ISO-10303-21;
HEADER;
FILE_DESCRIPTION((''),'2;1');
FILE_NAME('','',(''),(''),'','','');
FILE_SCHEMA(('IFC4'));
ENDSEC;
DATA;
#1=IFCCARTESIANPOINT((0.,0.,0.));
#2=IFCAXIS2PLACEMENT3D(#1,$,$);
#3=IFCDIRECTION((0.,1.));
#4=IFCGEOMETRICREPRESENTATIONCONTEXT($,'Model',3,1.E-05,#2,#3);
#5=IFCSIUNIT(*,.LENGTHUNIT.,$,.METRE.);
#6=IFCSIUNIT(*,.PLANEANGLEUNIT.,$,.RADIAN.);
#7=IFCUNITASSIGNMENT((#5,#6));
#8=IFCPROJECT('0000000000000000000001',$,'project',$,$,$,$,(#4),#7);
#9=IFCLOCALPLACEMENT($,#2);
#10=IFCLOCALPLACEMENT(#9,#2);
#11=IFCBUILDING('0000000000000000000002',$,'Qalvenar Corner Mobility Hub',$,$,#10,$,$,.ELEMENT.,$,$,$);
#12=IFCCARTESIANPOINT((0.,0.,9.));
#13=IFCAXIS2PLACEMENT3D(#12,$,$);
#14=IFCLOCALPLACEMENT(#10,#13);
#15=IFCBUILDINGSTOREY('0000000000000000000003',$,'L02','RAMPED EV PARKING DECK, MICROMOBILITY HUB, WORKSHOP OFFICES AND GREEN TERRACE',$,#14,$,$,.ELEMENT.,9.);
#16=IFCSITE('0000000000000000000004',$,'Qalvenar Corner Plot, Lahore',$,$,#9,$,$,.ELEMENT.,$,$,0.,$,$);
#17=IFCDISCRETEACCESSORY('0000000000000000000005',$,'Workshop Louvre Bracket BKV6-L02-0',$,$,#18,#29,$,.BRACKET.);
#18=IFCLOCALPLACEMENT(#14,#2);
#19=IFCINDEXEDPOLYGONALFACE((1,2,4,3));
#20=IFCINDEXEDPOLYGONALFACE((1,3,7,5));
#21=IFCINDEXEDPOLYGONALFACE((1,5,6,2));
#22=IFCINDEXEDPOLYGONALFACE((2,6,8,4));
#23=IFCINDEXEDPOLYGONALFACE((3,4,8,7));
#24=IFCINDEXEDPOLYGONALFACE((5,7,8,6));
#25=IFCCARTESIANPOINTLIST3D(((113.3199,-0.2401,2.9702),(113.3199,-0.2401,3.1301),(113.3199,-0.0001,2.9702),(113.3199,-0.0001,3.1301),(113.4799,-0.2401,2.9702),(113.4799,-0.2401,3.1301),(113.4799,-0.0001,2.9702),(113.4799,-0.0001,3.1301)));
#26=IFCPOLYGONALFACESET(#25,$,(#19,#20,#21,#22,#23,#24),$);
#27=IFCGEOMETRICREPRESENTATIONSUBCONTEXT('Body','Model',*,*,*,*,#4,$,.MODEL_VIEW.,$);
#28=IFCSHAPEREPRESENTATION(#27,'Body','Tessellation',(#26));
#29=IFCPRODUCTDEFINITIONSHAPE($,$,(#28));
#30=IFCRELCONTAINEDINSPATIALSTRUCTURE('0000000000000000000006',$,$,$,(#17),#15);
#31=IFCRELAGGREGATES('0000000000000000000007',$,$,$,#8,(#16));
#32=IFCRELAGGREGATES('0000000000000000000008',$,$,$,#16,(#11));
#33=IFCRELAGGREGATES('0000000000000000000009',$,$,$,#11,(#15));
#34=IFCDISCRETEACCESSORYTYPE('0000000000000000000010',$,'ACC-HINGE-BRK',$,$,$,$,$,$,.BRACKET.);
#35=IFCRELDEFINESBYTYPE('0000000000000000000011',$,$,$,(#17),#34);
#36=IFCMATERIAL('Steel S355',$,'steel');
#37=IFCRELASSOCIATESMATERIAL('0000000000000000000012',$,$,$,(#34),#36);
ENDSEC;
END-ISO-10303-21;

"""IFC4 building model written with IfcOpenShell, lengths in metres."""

from ifc_helpers import new_model, si_unit, direction, frame, origin, origin_2d, place, context, subcontext, project, spatial, rectangle, extrude, material, type_object, element, save


model = new_model("IFC4")

# Units and contexts
model_context = context("Model", 3, precision=1e-05, world=origin(), true_north=direction((0.0, 1.0)))
body_context = subcontext(model_context, "Body", "Model", "MODEL_VIEW")
ifc_project = project(units=[si_unit("LENGTHUNIT", "METRE"), si_unit("PLANEANGLEUNIT", "RADIAN")], contexts=[model_context])

# Site, building, storey
site_placement = place(None, origin())
site = spatial("IfcSite", under=ifc_project, at=site_placement, Name="Qalvenar Corner Plot, Lahore", CompositionType="ELEMENT", RefElevation=0.0)
building_placement = place(site_placement, origin())
building = spatial("IfcBuilding", under=site, at=building_placement, Name="Qalvenar Corner Mobility Hub", CompositionType="ELEMENT")
storey_placement = place(building_placement, frame((0.0, 0.0, 9.0)))
storey = spatial("IfcBuildingStorey", under=building, at=storey_placement, Name="L02", Description="RAMPED EV PARKING DECK, MICROMOBILITY HUB, WORKSHOP OFFICES AND GREEN TERRACE", CompositionType="ELEMENT", Elevation=9.0)

# Shared definitions
ifc_material_1 = material(Name="Steel S355", Category="steel")

# Discrete accessory
discrete_accessory_type = type_object("IfcDiscreteAccessoryType", Name="ACC-HINGE-BRK", PredefinedType="BRACKET", material=ifc_material_1)
discrete_accessory_placement = place(storey_placement, frame((113.3999, -0.1201, 2.9702), z_axis=(0.0, 0.0, 1.0), x_axis=(1.0, 0.0, 0.0)))
element("IfcDiscreteAccessory", 1, at=discrete_accessory_placement, inside=storey, type_object=discrete_accessory_type, Name="Workshop Louvre Bracket BKV6-L02-0", PredefinedType="BRACKET", context=body_context, shape_type="SweptSolid", body=[
    extrude(rectangle(XDim=0.1599, YDim=0.24, at=origin_2d()), origin(), (0.0, 0.0, 1.0), 0.1599),
])

save(model, "model.ifc")
